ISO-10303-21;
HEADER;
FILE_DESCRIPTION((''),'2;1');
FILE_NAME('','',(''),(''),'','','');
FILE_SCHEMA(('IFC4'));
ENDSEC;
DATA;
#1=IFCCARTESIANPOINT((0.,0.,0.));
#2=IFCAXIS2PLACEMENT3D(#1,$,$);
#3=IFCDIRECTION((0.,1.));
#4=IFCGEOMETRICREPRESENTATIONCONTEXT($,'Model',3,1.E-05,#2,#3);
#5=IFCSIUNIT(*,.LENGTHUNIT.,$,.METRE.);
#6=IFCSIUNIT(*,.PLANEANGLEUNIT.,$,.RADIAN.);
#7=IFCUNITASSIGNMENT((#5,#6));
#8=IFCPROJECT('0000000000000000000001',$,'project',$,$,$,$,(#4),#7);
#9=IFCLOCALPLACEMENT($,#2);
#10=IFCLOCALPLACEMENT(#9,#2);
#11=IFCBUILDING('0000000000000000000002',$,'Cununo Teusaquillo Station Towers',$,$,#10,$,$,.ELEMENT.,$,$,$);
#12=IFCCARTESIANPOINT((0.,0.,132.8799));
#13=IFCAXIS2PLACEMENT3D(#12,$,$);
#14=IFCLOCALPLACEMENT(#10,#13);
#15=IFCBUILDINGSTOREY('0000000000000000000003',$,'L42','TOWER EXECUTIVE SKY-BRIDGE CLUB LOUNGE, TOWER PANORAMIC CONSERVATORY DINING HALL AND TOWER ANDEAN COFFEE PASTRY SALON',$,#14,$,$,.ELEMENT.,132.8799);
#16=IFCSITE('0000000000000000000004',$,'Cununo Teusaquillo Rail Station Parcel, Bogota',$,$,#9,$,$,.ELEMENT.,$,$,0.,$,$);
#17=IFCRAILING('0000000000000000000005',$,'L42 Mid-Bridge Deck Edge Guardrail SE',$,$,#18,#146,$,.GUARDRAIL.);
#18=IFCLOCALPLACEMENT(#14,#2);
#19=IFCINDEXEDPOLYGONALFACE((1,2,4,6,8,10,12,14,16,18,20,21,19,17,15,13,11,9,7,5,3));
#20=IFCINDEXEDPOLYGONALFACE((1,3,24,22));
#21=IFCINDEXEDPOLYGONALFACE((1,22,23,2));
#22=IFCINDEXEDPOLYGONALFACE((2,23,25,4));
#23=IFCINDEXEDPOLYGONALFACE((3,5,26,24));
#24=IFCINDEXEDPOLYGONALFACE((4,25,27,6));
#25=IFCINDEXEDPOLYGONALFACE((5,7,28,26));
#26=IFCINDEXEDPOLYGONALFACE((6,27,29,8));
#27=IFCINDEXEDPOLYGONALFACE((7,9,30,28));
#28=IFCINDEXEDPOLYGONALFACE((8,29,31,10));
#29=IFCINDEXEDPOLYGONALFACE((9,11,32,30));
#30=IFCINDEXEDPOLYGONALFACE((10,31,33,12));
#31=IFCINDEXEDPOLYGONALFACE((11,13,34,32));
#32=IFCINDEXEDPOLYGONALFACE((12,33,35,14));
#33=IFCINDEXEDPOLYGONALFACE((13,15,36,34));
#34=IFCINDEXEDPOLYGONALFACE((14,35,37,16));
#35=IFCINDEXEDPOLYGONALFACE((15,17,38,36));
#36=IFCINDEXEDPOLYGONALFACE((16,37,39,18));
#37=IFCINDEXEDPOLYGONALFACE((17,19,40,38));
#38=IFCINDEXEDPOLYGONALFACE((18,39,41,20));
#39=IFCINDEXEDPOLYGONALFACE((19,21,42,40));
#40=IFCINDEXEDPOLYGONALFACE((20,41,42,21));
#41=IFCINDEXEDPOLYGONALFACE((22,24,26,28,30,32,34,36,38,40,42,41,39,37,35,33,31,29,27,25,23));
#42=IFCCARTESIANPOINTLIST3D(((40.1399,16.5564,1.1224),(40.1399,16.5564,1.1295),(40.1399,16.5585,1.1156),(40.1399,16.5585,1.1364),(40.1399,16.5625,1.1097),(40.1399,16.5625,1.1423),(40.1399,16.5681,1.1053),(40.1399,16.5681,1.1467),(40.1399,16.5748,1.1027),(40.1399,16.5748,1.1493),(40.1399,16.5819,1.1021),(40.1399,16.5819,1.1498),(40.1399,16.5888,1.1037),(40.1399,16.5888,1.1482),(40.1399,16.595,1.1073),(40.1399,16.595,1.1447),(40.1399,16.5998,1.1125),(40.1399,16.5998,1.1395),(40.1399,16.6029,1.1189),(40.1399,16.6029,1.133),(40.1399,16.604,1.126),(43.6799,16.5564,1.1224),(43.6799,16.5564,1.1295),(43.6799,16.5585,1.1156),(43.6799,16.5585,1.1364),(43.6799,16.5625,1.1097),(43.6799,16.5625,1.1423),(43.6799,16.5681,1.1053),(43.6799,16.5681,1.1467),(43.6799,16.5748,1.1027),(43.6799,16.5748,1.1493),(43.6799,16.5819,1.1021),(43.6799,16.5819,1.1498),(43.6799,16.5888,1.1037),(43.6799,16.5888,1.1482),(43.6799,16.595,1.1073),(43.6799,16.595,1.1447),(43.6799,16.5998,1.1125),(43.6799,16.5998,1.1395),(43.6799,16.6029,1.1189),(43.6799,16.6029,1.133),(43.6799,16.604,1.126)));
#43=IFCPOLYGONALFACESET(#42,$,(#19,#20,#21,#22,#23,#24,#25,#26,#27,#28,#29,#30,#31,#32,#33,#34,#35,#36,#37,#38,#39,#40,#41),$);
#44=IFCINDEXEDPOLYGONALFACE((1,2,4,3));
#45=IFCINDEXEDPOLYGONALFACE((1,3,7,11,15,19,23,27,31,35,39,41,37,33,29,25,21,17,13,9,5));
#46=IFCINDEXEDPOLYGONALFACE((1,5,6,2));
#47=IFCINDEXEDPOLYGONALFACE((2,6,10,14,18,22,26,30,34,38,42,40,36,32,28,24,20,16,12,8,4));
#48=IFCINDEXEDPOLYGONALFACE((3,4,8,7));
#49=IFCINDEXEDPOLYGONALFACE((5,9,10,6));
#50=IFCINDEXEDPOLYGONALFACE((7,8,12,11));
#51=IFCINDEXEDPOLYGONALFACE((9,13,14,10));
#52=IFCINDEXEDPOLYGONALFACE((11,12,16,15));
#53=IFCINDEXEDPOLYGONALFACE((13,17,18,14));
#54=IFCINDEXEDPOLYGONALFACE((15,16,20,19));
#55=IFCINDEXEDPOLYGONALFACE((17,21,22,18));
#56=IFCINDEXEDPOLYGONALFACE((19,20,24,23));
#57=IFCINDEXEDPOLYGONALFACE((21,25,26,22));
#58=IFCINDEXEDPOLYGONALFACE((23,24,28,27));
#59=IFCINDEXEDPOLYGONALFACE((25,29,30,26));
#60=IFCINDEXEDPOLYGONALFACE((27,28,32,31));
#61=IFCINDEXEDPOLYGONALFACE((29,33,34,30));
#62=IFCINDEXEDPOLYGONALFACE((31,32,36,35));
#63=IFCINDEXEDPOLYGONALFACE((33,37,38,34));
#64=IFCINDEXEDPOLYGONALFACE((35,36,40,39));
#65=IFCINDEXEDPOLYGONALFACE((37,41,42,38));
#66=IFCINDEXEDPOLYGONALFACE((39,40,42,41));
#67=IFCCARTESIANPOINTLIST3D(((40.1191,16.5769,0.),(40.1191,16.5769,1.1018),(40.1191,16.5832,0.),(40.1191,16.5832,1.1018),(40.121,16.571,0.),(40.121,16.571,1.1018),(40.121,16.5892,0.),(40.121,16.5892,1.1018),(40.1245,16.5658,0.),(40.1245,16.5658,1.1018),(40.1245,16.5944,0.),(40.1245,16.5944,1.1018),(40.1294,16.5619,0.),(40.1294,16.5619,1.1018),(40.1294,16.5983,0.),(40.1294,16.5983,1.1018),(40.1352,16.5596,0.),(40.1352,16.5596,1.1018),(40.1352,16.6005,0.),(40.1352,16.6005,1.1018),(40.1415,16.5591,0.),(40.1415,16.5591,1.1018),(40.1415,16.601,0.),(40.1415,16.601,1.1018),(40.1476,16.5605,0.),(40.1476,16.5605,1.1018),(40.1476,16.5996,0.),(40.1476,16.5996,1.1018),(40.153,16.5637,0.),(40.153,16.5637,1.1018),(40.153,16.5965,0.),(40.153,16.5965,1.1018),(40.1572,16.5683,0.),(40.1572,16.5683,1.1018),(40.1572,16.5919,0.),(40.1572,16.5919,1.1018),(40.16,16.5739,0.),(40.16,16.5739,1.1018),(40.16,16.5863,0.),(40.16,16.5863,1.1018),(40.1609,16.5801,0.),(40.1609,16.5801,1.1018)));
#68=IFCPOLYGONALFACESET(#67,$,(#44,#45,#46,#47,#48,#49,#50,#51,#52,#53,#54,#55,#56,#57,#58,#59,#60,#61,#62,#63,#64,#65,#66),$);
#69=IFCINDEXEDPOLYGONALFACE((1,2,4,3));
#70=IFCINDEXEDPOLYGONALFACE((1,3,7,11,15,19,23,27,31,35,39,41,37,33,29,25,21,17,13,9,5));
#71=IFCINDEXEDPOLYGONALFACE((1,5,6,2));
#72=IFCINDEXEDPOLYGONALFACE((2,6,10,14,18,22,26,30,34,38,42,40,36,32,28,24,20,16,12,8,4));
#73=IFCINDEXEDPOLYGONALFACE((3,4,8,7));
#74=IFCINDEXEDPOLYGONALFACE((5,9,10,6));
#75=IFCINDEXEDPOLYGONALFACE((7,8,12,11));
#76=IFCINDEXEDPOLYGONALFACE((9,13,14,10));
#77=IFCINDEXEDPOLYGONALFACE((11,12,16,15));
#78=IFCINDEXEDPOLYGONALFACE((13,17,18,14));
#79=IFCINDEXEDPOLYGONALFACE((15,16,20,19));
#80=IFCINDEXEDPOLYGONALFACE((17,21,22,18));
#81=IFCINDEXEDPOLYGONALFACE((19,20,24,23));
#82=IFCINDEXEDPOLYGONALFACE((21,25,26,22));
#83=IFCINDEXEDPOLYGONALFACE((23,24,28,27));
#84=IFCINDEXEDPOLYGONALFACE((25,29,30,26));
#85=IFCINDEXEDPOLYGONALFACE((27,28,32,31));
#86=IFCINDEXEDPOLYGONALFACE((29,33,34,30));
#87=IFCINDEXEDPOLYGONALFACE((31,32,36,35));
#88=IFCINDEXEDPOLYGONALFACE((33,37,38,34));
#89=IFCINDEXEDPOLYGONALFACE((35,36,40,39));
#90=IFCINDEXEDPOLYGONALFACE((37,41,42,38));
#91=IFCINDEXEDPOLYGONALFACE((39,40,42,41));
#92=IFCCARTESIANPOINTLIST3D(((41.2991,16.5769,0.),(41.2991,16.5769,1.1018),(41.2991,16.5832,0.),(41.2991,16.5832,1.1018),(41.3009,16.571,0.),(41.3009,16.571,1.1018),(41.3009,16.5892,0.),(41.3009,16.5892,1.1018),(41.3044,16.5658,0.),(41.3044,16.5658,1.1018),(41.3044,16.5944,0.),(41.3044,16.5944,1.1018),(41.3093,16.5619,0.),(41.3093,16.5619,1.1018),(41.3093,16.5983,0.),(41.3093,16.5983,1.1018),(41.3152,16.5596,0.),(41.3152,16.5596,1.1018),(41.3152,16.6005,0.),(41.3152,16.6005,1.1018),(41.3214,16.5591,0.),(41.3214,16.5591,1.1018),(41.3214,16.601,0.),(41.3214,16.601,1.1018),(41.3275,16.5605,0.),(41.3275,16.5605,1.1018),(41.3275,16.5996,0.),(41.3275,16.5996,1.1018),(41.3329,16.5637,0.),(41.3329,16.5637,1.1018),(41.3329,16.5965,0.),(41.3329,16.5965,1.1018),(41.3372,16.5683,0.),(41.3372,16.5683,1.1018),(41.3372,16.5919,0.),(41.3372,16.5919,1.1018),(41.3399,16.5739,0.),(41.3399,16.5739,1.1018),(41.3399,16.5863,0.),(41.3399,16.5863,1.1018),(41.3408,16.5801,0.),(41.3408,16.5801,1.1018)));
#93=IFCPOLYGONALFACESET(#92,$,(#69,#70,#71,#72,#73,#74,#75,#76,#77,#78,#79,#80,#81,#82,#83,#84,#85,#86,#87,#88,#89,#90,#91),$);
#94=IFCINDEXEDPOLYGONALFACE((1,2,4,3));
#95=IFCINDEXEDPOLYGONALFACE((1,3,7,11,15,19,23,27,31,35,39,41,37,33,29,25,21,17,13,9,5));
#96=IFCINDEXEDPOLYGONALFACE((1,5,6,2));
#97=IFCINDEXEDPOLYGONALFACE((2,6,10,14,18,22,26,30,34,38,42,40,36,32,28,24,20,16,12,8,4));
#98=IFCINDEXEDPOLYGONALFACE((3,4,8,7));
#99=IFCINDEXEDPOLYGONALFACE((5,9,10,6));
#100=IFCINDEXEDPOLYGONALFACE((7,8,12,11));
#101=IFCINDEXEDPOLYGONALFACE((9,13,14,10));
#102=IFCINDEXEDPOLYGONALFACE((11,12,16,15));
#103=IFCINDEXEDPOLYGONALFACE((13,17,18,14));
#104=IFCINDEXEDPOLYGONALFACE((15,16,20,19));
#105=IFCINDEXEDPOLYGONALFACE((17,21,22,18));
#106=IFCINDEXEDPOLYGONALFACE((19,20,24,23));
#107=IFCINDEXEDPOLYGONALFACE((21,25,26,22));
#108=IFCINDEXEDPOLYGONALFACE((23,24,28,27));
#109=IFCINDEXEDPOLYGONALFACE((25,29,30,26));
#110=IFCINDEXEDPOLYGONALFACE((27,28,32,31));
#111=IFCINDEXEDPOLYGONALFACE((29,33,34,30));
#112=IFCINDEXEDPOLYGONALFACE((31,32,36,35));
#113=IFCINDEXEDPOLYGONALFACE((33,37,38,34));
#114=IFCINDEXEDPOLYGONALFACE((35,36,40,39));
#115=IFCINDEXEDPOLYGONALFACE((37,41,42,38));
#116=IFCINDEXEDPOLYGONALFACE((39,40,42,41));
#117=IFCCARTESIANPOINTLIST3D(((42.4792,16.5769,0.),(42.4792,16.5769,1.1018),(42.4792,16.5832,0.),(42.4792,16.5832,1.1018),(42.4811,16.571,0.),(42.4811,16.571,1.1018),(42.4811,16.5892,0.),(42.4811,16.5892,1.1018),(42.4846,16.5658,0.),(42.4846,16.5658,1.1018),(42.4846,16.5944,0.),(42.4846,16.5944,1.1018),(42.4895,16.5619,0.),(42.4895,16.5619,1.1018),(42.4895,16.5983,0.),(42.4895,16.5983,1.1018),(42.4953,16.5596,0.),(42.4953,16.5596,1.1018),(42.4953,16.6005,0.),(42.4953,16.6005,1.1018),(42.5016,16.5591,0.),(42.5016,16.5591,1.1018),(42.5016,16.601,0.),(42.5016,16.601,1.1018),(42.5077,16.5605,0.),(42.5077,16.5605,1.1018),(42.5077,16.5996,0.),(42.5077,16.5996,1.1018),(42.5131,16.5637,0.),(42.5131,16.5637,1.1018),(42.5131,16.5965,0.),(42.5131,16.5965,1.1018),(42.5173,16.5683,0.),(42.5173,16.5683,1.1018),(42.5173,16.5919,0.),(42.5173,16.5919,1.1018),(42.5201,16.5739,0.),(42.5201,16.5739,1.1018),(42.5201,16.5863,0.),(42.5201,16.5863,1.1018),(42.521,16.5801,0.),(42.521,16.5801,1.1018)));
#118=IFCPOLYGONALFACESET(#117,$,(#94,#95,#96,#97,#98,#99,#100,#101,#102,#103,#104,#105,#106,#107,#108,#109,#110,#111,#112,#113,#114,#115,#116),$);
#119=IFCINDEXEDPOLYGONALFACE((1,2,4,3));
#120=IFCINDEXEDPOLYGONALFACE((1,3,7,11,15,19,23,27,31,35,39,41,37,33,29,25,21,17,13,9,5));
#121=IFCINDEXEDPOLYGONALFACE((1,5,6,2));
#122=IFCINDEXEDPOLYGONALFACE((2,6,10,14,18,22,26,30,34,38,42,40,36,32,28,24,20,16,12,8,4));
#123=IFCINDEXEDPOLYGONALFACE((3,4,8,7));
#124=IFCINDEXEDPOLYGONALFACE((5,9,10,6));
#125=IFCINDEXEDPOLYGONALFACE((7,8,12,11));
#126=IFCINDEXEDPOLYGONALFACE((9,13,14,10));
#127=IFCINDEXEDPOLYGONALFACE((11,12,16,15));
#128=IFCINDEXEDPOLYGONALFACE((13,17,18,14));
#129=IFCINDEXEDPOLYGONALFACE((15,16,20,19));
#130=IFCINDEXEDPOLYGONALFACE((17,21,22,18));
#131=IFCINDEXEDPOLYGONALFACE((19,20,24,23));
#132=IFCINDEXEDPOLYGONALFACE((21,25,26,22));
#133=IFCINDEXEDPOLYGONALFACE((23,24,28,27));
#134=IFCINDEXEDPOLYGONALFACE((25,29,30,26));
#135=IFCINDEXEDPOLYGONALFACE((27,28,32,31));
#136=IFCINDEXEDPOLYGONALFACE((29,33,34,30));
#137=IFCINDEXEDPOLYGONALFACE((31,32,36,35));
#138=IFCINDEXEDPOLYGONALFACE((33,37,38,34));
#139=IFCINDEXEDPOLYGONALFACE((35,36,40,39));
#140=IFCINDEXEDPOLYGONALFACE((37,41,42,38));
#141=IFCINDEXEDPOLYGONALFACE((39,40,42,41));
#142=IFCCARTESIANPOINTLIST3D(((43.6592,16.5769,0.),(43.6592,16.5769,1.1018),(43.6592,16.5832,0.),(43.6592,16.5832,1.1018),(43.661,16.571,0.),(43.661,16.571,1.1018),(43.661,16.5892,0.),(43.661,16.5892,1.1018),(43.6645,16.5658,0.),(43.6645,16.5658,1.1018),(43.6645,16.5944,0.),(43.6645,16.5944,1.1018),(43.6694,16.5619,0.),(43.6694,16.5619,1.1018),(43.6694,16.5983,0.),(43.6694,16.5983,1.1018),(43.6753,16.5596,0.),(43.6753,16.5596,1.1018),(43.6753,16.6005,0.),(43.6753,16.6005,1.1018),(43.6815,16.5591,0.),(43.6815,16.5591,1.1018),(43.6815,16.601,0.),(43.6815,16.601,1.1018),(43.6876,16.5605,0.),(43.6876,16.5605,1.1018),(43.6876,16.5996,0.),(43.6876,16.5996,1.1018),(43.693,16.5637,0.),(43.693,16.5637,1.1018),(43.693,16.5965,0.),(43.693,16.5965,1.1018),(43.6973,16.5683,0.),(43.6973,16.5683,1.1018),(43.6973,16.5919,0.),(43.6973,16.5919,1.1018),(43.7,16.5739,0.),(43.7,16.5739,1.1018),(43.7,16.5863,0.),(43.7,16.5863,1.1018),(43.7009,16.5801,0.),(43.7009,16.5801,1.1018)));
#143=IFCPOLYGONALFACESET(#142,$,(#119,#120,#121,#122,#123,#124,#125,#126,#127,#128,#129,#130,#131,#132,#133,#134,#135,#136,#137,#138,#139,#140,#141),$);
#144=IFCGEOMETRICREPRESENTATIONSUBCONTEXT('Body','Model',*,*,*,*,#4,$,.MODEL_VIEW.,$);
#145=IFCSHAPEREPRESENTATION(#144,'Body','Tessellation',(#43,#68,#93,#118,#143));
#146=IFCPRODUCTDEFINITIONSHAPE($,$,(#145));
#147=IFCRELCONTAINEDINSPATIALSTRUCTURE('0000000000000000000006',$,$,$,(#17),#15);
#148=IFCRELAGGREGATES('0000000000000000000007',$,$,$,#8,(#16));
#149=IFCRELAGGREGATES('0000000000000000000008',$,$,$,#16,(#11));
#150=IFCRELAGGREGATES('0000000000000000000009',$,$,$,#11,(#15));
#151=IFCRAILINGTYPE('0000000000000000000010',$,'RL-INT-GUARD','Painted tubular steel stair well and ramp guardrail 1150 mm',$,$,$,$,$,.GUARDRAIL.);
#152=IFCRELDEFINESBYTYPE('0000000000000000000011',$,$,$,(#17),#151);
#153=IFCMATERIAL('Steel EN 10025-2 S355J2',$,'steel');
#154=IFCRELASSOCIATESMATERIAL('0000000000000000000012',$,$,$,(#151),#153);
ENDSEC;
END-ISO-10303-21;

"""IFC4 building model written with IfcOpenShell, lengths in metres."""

from ifc_helpers import new_model, si_unit, direction, frame, origin, origin_2d, place, context, subcontext, project, spatial, circle, extrude, material, type_object, element, save


model = new_model("IFC4")

# Units and contexts
model_context = context("Model", 3, precision=1e-05, world=origin(), true_north=direction((0.0, 1.0)))
body_context = subcontext(model_context, "Body", "Model", "MODEL_VIEW")
ifc_project = project(units=[si_unit("LENGTHUNIT", "METRE"), si_unit("PLANEANGLEUNIT", "RADIAN")], contexts=[model_context])

# Site, building, storey
site_placement = place(None, origin())
site = spatial("IfcSite", under=ifc_project, at=site_placement, Name="Cununo Teusaquillo Rail Station Parcel, Bogota", CompositionType="ELEMENT", RefElevation=0.0)
building_placement = place(site_placement, origin())
building = spatial("IfcBuilding", under=site, at=building_placement, Name="Cununo Teusaquillo Station Towers", CompositionType="ELEMENT")
storey_placement = place(building_placement, frame((0.0, 0.0, 132.8799)))
storey = spatial("IfcBuildingStorey", under=building, at=storey_placement, Name="L42", Description="TOWER EXECUTIVE SKY-BRIDGE CLUB LOUNGE, TOWER PANORAMIC CONSERVATORY DINING HALL AND TOWER ANDEAN COFFEE PASTRY SALON", CompositionType="ELEMENT", Elevation=132.8799)

# Railing
ifc_material_1 = material(Name="Steel EN 10025-2 S355J2", Category="steel")
railing_type = type_object("IfcRailingType", Name="RL-INT-GUARD", Description="Painted tubular steel stair well and ramp guardrail 1150 mm", PredefinedType="GUARDRAIL", material=ifc_material_1)
railing_placement = place(storey_placement, frame((40.1399, 16.5801, 0.0)))
element("IfcRailing", 1, at=railing_placement, inside=storey, type_object=railing_type, Name="L42 Mid-Bridge Deck Edge Guardrail SE", PredefinedType="GUARDRAIL", context=body_context, shape_type="SweptSolid", body=[
    extrude(circle(Radius=0.0239, at=origin_2d()), frame((0.0, 0.0, 1.126), z_axis=(1.0, 0.0, 0.0), x_axis=(0.0, 1.0, 0.0)), (0.0, 0.0, 1.0), 3.54),
    extrude(circle(Radius=0.021, at=origin_2d()), origin(), (0.0, 0.0, 1.0), 1.1018),
    extrude(circle(Radius=0.021, at=origin_2d()), frame((1.1799, 0.0, 0.0)), (0.0, 0.0, 1.0), 1.1018),
    extrude(circle(Radius=0.021, at=origin_2d()), frame((2.3601, 0.0, 0.0)), (0.0, 0.0, 1.0), 1.1018),
    extrude(circle(Radius=0.021, at=origin_2d()), frame((3.54, 0.0, 0.0)), (0.0, 0.0, 1.0), 1.1018),
])

save(model, "model.ifc")
